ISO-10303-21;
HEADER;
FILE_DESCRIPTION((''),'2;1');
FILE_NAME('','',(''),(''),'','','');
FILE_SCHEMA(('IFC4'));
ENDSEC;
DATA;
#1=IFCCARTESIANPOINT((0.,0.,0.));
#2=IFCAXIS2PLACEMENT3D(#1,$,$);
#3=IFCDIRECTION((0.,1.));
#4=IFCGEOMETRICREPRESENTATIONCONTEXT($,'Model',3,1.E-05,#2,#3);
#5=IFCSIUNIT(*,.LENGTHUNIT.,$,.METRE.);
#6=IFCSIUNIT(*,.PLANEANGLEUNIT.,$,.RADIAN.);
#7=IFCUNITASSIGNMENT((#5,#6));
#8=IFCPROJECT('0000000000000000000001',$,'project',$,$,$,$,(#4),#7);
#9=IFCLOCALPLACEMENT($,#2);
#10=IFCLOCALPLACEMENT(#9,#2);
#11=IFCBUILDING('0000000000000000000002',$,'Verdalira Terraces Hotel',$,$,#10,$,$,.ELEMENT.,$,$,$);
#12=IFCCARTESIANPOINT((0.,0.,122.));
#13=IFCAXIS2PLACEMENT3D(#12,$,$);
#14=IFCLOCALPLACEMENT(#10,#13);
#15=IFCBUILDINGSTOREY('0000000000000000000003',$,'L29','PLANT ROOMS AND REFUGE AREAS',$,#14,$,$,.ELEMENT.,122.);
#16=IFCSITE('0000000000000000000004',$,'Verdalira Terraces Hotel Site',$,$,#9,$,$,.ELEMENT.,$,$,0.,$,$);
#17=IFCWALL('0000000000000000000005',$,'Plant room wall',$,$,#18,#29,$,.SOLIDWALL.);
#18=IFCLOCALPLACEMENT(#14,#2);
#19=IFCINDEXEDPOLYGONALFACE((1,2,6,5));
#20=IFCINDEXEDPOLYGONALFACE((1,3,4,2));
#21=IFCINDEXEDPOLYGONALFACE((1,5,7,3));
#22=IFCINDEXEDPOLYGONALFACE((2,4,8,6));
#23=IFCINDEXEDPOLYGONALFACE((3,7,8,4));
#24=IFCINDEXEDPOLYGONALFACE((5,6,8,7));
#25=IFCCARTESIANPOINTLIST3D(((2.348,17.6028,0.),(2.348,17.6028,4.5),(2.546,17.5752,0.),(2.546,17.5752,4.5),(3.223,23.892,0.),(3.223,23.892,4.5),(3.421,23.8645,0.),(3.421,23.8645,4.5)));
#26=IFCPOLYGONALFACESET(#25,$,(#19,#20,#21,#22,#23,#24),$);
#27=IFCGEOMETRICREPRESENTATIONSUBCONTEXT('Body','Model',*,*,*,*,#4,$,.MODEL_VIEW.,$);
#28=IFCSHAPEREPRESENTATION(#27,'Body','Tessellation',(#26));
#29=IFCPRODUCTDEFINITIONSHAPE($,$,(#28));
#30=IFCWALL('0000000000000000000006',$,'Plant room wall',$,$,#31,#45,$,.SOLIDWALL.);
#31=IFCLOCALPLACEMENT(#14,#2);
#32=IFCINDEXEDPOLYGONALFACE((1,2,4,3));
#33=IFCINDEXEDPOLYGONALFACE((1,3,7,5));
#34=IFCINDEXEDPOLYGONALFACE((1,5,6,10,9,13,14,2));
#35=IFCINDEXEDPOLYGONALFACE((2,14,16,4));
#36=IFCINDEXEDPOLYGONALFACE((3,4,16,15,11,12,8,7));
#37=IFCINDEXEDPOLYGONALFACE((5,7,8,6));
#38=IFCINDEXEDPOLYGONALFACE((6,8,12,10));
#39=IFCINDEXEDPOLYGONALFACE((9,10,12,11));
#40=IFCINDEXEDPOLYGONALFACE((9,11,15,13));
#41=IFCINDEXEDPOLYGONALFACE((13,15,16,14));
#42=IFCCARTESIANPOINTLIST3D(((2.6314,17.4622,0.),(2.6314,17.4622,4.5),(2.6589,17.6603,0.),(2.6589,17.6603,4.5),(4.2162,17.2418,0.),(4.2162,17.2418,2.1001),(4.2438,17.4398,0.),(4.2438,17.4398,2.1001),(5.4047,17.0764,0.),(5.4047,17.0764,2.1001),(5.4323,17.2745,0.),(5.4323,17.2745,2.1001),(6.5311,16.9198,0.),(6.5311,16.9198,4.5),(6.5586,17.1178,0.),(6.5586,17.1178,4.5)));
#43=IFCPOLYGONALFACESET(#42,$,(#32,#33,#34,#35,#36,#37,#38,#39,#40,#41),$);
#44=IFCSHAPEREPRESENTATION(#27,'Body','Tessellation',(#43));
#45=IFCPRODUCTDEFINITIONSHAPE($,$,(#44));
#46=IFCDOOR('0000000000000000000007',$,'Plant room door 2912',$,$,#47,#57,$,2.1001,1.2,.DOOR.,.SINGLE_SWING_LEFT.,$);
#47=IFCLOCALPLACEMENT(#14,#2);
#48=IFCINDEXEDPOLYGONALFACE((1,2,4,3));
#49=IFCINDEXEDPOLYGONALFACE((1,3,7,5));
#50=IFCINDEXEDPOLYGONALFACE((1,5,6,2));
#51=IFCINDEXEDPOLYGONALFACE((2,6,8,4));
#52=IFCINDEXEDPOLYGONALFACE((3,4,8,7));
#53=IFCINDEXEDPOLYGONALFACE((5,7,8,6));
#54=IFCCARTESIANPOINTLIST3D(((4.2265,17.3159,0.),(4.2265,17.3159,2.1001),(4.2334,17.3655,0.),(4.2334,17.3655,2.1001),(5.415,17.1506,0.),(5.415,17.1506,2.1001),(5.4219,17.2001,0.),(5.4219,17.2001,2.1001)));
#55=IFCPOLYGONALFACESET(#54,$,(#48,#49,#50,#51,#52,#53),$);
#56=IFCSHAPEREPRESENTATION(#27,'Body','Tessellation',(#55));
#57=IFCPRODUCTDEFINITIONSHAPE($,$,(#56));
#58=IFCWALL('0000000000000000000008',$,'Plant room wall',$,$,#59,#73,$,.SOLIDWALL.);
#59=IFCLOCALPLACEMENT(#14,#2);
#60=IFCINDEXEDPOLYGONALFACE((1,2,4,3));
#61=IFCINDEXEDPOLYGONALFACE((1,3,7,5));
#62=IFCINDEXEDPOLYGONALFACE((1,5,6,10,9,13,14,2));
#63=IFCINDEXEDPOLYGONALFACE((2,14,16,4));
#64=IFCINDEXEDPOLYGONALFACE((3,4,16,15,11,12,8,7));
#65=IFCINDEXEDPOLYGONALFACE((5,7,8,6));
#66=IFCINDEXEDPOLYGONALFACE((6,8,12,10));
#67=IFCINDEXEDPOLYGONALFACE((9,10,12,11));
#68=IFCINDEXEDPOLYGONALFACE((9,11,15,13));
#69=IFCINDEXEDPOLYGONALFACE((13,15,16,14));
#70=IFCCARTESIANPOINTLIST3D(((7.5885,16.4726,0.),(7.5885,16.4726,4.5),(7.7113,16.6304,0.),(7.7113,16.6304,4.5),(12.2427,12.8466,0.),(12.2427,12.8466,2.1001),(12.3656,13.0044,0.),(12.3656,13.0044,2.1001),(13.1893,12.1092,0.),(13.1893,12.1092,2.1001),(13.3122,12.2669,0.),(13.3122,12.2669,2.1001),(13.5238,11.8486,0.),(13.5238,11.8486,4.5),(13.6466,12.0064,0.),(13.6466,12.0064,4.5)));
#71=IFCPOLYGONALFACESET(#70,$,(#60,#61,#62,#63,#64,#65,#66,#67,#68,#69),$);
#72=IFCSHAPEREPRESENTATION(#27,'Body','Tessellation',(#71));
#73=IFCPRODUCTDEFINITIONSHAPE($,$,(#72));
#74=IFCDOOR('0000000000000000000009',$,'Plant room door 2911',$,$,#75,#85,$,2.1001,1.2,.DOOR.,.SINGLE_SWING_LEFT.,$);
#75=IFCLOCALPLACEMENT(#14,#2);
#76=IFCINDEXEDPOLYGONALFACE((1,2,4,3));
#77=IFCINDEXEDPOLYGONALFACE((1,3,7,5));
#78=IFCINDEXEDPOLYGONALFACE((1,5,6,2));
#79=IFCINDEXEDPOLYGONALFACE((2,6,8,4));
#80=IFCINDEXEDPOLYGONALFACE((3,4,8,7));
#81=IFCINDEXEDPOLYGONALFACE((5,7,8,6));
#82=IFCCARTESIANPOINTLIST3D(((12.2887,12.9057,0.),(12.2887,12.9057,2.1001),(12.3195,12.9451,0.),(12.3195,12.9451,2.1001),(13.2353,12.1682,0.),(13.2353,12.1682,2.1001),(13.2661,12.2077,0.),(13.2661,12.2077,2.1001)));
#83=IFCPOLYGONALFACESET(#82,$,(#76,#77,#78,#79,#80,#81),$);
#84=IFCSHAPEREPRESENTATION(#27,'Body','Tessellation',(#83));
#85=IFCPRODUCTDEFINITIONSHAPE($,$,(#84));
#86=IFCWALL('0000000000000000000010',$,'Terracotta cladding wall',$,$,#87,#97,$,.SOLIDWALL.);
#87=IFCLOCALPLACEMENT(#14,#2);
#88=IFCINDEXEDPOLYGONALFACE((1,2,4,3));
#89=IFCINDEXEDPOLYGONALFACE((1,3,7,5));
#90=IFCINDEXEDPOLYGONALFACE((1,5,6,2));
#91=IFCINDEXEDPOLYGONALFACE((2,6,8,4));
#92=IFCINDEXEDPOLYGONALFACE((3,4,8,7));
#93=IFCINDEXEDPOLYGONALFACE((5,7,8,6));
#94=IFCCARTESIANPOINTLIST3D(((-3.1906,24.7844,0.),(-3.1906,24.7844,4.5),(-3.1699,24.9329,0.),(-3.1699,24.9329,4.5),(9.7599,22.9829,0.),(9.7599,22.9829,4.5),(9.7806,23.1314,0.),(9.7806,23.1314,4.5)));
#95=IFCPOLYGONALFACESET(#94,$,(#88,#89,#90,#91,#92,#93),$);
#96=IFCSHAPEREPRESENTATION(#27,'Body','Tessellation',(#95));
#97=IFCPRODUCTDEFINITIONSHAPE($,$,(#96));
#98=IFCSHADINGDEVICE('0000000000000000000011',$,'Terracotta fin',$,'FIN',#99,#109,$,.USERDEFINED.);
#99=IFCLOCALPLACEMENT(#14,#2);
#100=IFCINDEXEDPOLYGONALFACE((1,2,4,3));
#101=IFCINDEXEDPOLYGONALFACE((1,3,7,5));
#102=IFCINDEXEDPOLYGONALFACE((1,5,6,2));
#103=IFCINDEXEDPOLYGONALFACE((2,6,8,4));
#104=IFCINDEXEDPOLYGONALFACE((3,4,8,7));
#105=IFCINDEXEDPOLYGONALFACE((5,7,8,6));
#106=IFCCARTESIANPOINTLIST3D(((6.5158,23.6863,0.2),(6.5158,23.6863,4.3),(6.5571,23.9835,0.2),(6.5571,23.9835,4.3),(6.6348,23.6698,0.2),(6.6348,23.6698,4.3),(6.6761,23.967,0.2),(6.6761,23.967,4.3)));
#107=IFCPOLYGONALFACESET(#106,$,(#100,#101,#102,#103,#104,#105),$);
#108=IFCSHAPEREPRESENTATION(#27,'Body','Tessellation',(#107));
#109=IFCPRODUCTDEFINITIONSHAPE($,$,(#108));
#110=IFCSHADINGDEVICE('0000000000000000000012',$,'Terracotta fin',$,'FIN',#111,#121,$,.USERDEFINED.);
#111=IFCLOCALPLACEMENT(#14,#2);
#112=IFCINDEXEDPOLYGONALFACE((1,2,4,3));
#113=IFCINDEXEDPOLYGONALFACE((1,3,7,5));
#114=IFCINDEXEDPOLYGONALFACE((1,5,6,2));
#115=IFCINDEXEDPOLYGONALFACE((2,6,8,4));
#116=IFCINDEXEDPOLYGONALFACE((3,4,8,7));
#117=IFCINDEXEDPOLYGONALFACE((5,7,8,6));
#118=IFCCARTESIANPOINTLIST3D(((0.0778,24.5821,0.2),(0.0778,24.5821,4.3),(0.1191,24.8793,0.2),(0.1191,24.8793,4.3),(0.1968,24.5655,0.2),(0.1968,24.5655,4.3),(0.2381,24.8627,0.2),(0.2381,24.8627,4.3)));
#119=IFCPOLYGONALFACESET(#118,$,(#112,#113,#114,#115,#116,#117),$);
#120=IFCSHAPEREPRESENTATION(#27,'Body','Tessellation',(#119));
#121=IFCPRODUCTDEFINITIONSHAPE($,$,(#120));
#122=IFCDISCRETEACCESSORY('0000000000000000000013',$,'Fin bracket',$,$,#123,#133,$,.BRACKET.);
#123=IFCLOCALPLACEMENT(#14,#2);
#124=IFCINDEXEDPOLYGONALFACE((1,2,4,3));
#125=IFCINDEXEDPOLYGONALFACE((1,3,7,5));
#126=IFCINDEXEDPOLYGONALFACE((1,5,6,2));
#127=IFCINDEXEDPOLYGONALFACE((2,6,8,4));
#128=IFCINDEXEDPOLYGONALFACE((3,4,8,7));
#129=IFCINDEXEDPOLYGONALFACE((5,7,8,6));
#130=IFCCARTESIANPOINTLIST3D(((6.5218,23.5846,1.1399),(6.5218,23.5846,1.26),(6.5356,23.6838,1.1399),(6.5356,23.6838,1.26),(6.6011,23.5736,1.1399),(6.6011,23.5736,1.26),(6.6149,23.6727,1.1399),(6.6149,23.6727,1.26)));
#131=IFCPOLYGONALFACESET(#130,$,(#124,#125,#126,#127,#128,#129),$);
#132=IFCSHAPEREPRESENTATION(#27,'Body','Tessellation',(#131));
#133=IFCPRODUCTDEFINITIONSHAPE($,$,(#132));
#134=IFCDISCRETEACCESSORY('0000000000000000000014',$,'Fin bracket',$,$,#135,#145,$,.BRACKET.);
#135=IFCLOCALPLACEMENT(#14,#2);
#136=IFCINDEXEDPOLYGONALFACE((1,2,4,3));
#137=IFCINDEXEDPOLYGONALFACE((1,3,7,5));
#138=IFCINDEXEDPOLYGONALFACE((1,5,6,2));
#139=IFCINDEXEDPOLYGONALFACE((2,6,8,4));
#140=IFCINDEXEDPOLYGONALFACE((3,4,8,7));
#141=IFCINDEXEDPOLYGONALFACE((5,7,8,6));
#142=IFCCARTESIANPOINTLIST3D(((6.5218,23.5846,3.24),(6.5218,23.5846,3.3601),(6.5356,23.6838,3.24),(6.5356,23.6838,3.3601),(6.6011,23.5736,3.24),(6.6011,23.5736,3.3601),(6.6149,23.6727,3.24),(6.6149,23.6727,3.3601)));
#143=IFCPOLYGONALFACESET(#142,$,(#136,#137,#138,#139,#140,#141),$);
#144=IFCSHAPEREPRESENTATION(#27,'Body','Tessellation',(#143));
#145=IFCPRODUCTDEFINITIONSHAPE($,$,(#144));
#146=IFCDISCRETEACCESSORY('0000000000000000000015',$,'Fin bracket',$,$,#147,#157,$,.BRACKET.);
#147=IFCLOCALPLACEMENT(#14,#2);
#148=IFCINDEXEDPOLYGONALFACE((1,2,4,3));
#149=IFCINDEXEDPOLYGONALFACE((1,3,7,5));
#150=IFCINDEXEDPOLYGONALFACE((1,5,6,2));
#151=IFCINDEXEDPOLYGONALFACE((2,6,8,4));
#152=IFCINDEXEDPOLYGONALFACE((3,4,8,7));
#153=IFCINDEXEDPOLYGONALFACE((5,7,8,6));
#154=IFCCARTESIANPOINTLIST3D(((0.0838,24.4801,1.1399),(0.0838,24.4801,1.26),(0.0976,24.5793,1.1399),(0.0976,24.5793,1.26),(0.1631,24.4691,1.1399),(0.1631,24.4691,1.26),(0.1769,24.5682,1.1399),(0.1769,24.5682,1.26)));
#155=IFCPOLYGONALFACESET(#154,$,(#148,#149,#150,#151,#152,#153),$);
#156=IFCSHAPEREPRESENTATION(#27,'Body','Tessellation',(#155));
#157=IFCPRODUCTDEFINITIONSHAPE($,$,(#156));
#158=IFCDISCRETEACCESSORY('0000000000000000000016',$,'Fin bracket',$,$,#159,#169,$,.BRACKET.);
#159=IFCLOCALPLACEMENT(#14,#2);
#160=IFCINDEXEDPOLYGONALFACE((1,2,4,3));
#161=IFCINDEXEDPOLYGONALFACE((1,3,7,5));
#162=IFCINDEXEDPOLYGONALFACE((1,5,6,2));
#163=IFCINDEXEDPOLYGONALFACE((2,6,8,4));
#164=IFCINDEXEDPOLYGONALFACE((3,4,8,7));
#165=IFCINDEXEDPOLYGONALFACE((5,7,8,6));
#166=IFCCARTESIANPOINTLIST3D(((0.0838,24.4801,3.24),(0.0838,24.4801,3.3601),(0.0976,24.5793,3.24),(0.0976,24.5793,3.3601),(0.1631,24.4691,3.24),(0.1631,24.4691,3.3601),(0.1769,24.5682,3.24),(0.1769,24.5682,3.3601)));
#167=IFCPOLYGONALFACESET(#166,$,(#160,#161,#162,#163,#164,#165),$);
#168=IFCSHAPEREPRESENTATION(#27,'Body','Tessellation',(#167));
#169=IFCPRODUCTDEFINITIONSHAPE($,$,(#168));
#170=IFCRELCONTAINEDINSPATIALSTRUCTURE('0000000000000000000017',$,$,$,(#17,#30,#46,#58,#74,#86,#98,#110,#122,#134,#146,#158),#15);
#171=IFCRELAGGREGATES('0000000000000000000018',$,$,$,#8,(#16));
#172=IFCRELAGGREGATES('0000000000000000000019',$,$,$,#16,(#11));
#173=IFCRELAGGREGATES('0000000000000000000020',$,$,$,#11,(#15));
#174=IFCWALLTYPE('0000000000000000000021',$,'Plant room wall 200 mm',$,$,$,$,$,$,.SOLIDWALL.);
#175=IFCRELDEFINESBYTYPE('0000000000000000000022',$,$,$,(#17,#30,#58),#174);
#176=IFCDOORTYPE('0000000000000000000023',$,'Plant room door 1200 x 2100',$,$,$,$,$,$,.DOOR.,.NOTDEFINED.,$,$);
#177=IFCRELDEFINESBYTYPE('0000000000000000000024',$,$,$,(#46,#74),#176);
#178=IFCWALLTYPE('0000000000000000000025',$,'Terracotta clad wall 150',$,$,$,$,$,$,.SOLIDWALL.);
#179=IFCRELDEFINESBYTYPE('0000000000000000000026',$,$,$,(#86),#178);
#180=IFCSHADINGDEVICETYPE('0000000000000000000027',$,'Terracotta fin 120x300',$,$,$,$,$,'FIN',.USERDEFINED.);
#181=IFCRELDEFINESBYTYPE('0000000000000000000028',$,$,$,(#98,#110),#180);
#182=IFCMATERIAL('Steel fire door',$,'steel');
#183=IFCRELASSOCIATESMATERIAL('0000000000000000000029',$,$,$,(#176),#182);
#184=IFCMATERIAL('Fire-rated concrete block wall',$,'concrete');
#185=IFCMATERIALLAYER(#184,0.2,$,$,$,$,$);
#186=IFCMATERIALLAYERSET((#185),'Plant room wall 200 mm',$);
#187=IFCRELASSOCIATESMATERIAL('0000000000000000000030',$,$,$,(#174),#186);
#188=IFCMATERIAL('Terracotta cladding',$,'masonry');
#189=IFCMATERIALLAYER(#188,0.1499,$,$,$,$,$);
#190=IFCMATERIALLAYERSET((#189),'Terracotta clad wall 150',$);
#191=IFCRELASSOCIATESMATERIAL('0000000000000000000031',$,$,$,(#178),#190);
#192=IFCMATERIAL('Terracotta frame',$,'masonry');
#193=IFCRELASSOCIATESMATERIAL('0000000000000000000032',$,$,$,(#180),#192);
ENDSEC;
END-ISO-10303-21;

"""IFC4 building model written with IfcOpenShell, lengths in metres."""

from ifc_helpers import new_model, si_unit, direction, frame, frame_2d, origin, origin_2d, place, context, subcontext, project, spatial, rectangle, extrude, material, layer, layer_set, material_profile, profile_set, type_object, element, fill, save


model = new_model("IFC4")

# Units and contexts
model_context = context("Model", 3, precision=1e-05, world=origin(), true_north=direction((0.0, 1.0)))
body_context = subcontext(model_context, "Body", "Model", "MODEL_VIEW")
ifc_project = project(units=[si_unit("LENGTHUNIT", "METRE"), si_unit("PLANEANGLEUNIT", "RADIAN")], contexts=[model_context])

# Site, building, storey
site_placement = place(None, origin())
site = spatial("IfcSite", under=ifc_project, at=site_placement, Name="Verdalira Terraces Hotel Site", CompositionType="ELEMENT", RefElevation=0.0)
building_placement = place(site_placement, origin())
building = spatial("IfcBuilding", under=site, at=building_placement, Name="Verdalira Terraces Hotel", CompositionType="ELEMENT")
storey_placement = place(building_placement, frame((0.0, 0.0, 122.0)))
storey = spatial("IfcBuildingStorey", under=building, at=storey_placement, Name="L29", Description="PLANT ROOMS AND REFUGE AREAS", CompositionType="ELEMENT", Elevation=122.0)

# Shared definitions
ifc_material_1 = material(Name="Steel fire door", Category="steel")
door_type_1 = type_object("IfcDoorType", Name="Plant room door 1200 x 2100", OperationType="NOTDEFINED", PredefinedType="DOOR", material=ifc_material_1)

# Wall
ifc_material_2 = material(Name="Fire-rated concrete block wall", Category="concrete")
ifc_layer_1 = layer(ifc_material_2, 0.2)
ifc_layer_set_1 = layer_set([ifc_layer_1], Name="Plant room wall 200 mm")
wall_type_1 = type_object("IfcWallType", Name="Plant room wall 200 mm", PredefinedType="SOLIDWALL", material=ifc_layer_set_1)
wall_1_placement = place(storey_placement, frame((2.447, 17.5891, 0.0), z_axis=(0.0, 0.0, 1.0), x_axis=(0.137798, 0.99046, 0.0)))
element("IfcWall", 1, at=wall_1_placement, inside=storey, type_object=wall_type_1, Name="Plant room wall", PredefinedType="SOLIDWALL", context=body_context, shape_type="SweptSolid", body=[
    extrude(rectangle(XDim=6.3499, YDim=0.2, at=frame_2d((3.1748, 0.0))), origin(), (0.0, 0.0, 1.0), 4.5),
])

# Walls, openings, doors
wall_2_placement = place(storey_placement, frame((2.645, 17.5613, 0.0), z_axis=(0.0, 0.0, 1.0), x_axis=(0.990462, -0.137783, 0.0)))
wall_2 = element("IfcWall", 2, at=wall_2_placement, inside=storey, type_object=wall_type_1, Name="Plant room wall", PredefinedType="SOLIDWALL", context=body_context, shape_type="SweptSolid", body=[
    extrude(rectangle(XDim=3.9373, YDim=0.2, at=frame_2d((1.9688, 0.0))), origin(), (0.0, 0.0, 1.0), 4.5),
])
opening_1_placement = place(wall_2_placement, frame((1.6001, 0.0, 0.0)))
opening_1 = element("IfcOpeningElement", 3, at=opening_1_placement, cuts=wall_2, PredefinedType="OPENING", context=body_context, shape_type="SweptSolid", body=[
    extrude(rectangle(XDim=1.2, YDim=2.1001, at=frame_2d((0.6001, 1.05))), frame((0.0, 0.1099, 0.0), z_axis=(0.0, -1.0, 0.0), x_axis=(1.0, 0.0, 0.0)), (0.0, 0.0, 1.0), 0.22),
])
door_1_placement = place(opening_1_placement, origin())
door_1 = element("IfcDoor", 4, at=door_1_placement, inside=storey, type_object=door_type_1, Name="Plant room door 2912", OperationType="SINGLE_SWING_LEFT", OverallHeight=2.1001, OverallWidth=1.2, PredefinedType="DOOR", context=body_context, shape_type="SweptSolid", body=[
    extrude(rectangle(XDim=1.2, YDim=2.1001, at=frame_2d((0.6001, 1.05))), frame((0.0, 0.0249, 0.0), z_axis=(0.0, -1.0, 0.0), x_axis=(1.0, 0.0, 0.0)), (0.0, 0.0, 1.0), 0.05),
])
fill(opening_1, door_1)
wall_3_placement = place(storey_placement, frame((7.6499, 16.5515, 0.0), z_axis=(0.0, 0.0, 1.0), x_axis=(0.788857, -0.614576, 0.0)))
wall_3 = element("IfcWall", 5, at=wall_3_placement, inside=storey, type_object=wall_type_1, Name="Plant room wall", PredefinedType="SOLIDWALL", context=body_context, shape_type="SweptSolid", body=[
    extrude(rectangle(XDim=7.5239, YDim=0.2, at=frame_2d((3.762, 0.0))), origin(), (0.0, 0.0, 1.0), 4.5),
])
opening_2_placement = place(wall_3_placement, frame((5.8999, 0.0, 0.0)))
opening_2 = element("IfcOpeningElement", 6, at=opening_2_placement, cuts=wall_3, PredefinedType="OPENING", context=body_context, shape_type="SweptSolid", body=[
    extrude(rectangle(XDim=1.2, YDim=2.1001, at=frame_2d((0.6001, 1.05))), frame((0.0, 0.1099, 0.0), z_axis=(0.0, -1.0, 0.0), x_axis=(1.0, 0.0, 0.0)), (0.0, 0.0, 1.0), 0.22),
])
door_2_placement = place(opening_2_placement, origin())
door_2 = element("IfcDoor", 7, at=door_2_placement, inside=storey, type_object=door_type_1, Name="Plant room door 2911", OperationType="SINGLE_SWING_LEFT", OverallHeight=2.1001, OverallWidth=1.2, PredefinedType="DOOR", context=body_context, shape_type="SweptSolid", body=[
    extrude(rectangle(XDim=1.2, YDim=2.1001, at=frame_2d((0.6001, 1.05))), frame((0.0, 0.0249, 0.0), z_axis=(0.0, -1.0, 0.0), x_axis=(1.0, 0.0, 0.0)), (0.0, 0.0, 1.0), 0.05),
])
fill(opening_2, door_2)

# Wall
ifc_material_3 = material(Name="Terracotta cladding", Category="masonry")
ifc_layer_2 = layer(ifc_material_3, 0.1499)
ifc_layer_set_2 = layer_set([ifc_layer_2], Name="Terracotta clad wall 150")
wall_type_2 = type_object("IfcWallType", Name="Terracotta clad wall 150", PredefinedType="SOLIDWALL", material=ifc_layer_set_2)
wall_4_placement = place(storey_placement, frame((9.7703, 23.0571, 0.0), z_axis=(0.0, 0.0, 1.0), x_axis=(-0.990463, 0.137782, 0.0)))
element("IfcWall", 8, at=wall_4_placement, inside=storey, type_object=wall_type_2, Name="Terracotta cladding wall", PredefinedType="SOLIDWALL", context=body_context, shape_type="SweptSolid", body=[
    extrude(rectangle(XDim=13.0752, YDim=0.1499, at=frame_2d((6.5376, 0.0))), origin(), (0.0, 0.0, 1.0), 4.5),
])

# Shading devices
ifc_material_4 = material(Name="Terracotta frame", Category="masonry")
ifc_material_profile_1 = material_profile(ifc_material_4, rectangle(XDim=0.1201, YDim=0.3, at=origin_2d()), Name="FIN 120x300")
ifc_profile_set_1 = profile_set([ifc_material_profile_1], Name="Terracotta frame")
shading_device_type = type_object("IfcShadingDeviceType", Name="Terracotta fin 120x300", ElementType="FIN", PredefinedType="USERDEFINED", material=ifc_profile_set_1)
for number, where, z_axis, x_axis, name in (
    (9, (6.5959, 23.8267, 0.2), (0.0, 0.0, 1.0), (-0.990461, 0.13779, 0.0), "Terracotta fin"),
    (10, (0.158, 24.7224, 0.2), (0.0, 0.0, 1.0), (-0.990461, 0.13779, 0.0), "Terracotta fin"),
):
    element("IfcShadingDevice", number, at=place(storey_placement, frame(where, z_axis=z_axis, x_axis=x_axis)), inside=storey, type_object=shading_device_type, Name=name, ObjectType="FIN", PredefinedType="USERDEFINED", context=body_context, shape_type="SweptSolid", body=[
        extrude(rectangle(XDim=0.1201, YDim=0.3, at=origin_2d()), origin(), (0.0, 0.0, 1.0), 4.1001),
    ])

# Discrete accessories
for number, where, z_axis, x_axis, name in (
    (11, (6.5684, 23.6287, 1.1399), (0.0, 0.0, 1.0), (-0.990461, 0.13779, 0.0), "Fin bracket"),
    (12, (6.5684, 23.6287, 3.24), (0.0, 0.0, 1.0), (-0.990461, 0.13779, 0.0), "Fin bracket"),
    (13, (0.1304, 24.5242, 1.1399), (0.0, 0.0, 1.0), (-0.990461, 0.13779, 0.0), "Fin bracket"),
    (14, (0.1304, 24.5242, 3.24), (0.0, 0.0, 1.0), (-0.990461, 0.13779, 0.0), "Fin bracket"),
):
    element("IfcDiscreteAccessory", number, at=place(storey_placement, frame(where, z_axis=z_axis, x_axis=x_axis)), inside=storey, Name=name, PredefinedType="BRACKET", context=body_context, shape_type="SweptSolid", body=[
        extrude(rectangle(XDim=0.0801, YDim=0.1001, at=origin_2d()), origin(), (0.0, 0.0, 1.0), 0.1201),
    ])

save(model, "model.ifc")
